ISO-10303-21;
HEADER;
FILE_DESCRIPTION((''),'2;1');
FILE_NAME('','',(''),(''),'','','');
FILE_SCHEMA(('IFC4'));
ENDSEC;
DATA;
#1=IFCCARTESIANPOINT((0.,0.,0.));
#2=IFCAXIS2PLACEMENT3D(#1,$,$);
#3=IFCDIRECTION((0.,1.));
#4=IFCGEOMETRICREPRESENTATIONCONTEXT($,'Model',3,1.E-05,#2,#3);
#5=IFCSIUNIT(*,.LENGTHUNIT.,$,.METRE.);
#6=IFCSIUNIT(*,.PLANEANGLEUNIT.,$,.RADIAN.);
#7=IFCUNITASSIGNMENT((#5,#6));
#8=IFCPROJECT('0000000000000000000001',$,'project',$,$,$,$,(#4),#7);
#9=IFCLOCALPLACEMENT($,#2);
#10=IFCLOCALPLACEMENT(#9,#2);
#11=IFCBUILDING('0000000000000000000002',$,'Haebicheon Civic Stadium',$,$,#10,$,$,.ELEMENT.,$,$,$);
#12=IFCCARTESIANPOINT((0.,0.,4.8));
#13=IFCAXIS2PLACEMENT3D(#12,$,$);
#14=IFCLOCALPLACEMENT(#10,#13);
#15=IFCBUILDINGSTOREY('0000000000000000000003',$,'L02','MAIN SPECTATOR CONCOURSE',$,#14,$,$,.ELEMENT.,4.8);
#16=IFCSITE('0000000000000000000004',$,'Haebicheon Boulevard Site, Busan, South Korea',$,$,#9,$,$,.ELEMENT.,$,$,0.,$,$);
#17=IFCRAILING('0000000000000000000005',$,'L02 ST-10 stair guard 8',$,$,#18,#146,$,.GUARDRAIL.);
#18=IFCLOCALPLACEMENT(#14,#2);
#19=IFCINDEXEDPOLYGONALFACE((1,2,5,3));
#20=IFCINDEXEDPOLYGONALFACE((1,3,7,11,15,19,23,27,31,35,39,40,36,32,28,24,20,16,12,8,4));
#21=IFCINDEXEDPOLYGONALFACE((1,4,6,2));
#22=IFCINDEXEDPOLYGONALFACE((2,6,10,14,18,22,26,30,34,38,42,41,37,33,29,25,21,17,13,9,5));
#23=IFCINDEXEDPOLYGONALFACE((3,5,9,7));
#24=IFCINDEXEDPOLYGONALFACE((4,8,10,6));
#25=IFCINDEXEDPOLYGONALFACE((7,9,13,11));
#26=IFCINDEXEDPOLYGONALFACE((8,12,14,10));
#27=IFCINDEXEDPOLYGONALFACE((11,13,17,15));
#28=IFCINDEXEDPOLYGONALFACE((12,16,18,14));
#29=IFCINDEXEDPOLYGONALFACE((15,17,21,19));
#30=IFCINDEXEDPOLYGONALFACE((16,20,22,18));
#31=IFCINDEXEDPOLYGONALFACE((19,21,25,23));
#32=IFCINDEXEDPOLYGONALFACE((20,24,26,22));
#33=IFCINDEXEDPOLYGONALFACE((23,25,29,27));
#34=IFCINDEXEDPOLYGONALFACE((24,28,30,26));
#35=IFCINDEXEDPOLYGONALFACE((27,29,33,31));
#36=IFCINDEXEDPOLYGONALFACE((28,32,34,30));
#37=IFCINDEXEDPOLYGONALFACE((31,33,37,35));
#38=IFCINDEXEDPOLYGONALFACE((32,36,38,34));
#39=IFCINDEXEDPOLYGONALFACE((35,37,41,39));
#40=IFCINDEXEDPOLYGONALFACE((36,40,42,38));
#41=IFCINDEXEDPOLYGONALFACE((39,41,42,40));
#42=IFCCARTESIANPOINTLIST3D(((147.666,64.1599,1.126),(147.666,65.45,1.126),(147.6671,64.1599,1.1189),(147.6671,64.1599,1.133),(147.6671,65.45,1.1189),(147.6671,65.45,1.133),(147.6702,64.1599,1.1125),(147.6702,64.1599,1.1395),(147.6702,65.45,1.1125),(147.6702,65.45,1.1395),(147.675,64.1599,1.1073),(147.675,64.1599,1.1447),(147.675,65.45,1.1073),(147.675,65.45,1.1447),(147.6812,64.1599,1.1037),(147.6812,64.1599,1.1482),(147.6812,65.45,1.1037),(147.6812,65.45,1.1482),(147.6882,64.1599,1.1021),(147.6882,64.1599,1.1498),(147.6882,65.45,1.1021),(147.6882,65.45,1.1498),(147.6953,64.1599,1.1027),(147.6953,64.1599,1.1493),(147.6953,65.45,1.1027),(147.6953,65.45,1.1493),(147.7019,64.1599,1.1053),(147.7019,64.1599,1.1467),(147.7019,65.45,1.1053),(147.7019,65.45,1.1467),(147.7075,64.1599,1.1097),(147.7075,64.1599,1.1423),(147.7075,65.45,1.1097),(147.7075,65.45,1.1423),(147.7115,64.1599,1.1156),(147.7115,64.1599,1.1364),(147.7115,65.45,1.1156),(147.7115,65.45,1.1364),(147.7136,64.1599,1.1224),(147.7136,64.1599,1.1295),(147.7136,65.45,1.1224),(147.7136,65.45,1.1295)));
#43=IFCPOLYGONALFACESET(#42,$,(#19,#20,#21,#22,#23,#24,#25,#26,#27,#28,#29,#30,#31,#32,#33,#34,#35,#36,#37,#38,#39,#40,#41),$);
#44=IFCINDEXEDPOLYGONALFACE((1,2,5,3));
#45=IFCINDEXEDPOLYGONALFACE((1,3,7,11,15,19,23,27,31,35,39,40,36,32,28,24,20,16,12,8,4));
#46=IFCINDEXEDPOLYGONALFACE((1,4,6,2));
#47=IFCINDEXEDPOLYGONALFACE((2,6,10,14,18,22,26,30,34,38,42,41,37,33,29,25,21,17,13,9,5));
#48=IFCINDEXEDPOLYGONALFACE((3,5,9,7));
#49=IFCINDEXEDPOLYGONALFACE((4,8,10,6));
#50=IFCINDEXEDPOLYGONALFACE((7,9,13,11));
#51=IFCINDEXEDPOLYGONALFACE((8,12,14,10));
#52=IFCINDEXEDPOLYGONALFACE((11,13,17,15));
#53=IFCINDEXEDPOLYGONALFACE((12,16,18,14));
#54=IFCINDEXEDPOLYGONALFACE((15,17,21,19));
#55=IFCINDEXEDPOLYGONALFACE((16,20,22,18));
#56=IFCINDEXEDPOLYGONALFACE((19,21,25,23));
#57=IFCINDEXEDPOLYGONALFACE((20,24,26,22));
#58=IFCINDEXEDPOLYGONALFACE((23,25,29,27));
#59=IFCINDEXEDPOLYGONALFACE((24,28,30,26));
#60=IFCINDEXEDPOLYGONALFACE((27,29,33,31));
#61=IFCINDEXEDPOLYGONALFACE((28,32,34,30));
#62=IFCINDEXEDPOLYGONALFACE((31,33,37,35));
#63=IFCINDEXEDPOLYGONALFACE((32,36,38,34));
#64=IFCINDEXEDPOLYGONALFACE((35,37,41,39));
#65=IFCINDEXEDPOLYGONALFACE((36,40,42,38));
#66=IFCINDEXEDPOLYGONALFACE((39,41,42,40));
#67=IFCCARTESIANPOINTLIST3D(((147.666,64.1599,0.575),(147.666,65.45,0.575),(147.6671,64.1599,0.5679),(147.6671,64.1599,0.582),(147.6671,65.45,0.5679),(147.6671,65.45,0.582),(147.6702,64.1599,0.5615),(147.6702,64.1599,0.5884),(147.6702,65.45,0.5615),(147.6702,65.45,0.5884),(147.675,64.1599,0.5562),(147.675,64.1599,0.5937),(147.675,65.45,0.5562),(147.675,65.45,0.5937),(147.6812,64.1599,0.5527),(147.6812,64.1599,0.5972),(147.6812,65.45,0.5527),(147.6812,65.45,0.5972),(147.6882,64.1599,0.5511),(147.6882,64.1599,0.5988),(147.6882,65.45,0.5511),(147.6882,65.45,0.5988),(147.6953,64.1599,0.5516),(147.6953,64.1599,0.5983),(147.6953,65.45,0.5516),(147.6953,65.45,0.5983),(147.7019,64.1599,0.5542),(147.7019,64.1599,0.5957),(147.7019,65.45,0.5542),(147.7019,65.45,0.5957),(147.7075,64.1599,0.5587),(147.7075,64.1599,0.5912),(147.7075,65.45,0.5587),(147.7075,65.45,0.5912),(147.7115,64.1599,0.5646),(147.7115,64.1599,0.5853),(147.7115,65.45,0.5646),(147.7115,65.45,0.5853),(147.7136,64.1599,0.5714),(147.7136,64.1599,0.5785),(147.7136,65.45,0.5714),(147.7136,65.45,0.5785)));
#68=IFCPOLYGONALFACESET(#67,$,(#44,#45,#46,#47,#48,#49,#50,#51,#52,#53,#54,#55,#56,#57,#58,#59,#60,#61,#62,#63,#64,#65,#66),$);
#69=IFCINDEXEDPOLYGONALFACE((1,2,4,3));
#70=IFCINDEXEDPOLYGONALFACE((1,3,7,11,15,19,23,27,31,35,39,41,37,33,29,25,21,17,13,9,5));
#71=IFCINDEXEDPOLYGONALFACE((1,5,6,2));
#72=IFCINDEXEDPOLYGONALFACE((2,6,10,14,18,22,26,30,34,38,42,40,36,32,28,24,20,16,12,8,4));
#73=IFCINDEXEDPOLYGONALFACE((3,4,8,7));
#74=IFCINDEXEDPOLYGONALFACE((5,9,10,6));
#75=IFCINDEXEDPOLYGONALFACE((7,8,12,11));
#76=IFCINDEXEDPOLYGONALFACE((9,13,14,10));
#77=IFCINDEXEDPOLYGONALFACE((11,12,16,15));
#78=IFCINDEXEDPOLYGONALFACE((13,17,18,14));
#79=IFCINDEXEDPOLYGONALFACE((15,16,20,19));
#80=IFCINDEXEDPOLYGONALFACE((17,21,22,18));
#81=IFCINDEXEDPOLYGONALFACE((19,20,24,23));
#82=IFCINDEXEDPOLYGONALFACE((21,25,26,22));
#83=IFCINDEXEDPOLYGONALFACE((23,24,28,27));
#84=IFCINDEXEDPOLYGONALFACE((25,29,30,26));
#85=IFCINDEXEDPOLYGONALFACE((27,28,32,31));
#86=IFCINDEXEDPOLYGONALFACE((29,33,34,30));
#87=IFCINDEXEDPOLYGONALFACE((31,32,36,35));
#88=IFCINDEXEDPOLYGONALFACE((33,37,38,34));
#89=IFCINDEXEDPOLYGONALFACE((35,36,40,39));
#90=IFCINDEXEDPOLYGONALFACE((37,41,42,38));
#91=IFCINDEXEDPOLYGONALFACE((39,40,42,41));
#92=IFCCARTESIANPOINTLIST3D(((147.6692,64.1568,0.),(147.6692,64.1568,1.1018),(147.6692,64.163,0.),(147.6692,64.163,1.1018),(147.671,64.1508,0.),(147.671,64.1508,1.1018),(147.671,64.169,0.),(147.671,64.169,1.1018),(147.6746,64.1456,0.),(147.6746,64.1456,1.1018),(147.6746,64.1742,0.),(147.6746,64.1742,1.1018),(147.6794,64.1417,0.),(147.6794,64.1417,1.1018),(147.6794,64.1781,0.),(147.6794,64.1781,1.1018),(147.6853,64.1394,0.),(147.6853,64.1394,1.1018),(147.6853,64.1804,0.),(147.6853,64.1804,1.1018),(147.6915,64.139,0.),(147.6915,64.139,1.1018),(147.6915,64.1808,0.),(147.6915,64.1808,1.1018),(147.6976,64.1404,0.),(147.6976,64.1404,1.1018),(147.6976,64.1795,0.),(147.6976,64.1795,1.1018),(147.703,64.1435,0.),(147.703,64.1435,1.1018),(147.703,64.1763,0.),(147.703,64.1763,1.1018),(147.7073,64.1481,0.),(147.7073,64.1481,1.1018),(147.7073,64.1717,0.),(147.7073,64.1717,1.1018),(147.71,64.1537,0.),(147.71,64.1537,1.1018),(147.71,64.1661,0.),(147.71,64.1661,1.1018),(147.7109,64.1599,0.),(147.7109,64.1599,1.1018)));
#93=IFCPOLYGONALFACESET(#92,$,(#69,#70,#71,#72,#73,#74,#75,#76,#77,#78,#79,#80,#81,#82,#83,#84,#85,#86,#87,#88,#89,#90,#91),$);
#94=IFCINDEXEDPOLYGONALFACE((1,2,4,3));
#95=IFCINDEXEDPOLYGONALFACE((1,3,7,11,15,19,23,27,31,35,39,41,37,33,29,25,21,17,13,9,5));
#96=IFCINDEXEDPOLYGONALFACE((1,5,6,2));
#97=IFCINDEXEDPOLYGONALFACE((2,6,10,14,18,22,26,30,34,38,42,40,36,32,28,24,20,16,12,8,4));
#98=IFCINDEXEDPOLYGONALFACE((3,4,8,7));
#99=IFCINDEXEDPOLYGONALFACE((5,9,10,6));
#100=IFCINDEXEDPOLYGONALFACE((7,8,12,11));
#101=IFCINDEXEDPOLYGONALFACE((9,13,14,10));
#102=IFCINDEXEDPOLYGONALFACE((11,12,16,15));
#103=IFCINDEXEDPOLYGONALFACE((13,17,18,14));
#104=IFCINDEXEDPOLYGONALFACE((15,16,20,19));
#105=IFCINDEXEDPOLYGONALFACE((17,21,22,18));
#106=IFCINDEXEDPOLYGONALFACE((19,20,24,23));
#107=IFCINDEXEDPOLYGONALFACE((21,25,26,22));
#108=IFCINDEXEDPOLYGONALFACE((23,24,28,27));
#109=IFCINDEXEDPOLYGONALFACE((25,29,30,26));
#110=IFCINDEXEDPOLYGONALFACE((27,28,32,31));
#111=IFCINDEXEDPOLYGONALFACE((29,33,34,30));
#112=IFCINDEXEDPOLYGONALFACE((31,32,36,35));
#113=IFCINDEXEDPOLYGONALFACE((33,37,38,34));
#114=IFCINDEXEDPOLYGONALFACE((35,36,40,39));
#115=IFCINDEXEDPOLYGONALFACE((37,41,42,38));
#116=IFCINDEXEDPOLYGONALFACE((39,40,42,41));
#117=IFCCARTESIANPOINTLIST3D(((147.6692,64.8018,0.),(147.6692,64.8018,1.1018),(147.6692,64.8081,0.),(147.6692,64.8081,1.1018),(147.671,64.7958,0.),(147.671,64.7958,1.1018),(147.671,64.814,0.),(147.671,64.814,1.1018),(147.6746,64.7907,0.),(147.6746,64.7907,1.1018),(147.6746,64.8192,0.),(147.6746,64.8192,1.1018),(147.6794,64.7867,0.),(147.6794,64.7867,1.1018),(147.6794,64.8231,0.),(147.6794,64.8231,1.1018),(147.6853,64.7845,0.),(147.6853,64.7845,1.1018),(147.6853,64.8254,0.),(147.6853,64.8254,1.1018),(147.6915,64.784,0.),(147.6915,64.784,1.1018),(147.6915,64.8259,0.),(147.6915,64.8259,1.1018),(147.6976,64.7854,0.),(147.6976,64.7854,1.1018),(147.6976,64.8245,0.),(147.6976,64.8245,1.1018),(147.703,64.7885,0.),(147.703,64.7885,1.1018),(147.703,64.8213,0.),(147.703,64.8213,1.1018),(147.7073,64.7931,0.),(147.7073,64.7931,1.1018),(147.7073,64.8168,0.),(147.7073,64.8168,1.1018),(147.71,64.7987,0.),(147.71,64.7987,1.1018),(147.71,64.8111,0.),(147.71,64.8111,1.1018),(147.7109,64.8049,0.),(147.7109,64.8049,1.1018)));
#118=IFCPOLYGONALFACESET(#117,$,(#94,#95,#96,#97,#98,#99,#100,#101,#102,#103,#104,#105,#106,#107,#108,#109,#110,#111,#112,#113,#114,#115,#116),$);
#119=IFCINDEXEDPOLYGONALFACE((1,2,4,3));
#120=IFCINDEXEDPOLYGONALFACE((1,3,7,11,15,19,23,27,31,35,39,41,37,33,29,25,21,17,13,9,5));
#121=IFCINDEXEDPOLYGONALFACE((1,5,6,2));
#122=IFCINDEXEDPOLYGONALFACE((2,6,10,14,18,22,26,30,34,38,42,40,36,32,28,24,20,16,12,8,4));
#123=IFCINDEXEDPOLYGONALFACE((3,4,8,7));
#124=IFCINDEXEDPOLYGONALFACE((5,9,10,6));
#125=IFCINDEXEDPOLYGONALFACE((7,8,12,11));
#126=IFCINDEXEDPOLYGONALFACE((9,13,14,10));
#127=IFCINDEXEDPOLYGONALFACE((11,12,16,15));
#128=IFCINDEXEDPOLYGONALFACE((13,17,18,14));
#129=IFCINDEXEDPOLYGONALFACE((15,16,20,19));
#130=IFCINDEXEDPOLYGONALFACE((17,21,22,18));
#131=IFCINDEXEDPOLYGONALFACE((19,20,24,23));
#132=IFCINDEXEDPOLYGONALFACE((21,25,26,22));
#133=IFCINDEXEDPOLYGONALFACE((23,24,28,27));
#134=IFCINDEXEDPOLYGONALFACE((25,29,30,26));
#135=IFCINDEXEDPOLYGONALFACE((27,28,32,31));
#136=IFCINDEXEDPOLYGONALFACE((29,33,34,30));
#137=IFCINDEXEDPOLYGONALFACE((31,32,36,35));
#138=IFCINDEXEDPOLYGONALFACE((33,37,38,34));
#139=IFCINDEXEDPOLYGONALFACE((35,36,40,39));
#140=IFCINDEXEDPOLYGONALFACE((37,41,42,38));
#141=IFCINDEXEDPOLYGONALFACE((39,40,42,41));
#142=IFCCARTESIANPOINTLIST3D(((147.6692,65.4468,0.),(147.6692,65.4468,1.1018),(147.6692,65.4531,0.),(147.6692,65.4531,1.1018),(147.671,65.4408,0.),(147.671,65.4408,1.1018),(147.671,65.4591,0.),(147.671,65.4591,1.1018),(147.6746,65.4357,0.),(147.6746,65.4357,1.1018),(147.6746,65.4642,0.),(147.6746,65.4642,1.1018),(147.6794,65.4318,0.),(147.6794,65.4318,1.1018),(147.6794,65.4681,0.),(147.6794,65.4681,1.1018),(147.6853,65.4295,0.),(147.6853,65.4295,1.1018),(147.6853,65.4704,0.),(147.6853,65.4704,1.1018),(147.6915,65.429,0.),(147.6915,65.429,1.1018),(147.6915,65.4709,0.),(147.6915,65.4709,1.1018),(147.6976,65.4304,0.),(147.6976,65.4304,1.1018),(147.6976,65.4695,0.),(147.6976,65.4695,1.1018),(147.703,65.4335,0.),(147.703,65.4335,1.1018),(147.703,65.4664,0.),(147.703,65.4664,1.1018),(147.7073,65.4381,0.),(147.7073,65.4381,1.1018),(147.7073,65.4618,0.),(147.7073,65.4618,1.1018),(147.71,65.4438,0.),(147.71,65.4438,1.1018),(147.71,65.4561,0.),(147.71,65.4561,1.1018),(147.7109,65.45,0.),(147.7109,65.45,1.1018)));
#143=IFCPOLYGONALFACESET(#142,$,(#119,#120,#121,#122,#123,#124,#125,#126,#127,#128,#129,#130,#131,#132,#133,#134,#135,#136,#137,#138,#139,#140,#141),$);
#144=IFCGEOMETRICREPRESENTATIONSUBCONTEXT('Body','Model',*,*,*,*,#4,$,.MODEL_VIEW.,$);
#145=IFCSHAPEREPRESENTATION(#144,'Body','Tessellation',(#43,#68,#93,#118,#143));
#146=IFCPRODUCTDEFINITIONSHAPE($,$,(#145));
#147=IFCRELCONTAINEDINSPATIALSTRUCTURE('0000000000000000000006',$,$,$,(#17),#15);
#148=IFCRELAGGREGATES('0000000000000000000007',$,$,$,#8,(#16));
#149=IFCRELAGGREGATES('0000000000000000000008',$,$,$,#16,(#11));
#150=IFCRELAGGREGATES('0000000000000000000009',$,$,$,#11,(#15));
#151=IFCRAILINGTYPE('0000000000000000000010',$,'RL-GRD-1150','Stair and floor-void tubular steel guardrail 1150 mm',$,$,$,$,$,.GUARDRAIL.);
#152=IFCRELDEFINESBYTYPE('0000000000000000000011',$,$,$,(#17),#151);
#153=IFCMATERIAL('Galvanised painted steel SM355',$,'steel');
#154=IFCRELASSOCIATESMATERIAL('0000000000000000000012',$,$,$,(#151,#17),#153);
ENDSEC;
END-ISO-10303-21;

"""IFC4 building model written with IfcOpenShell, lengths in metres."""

from ifc_helpers import new_model, si_unit, direction, frame, origin, origin_2d, place, context, subcontext, project, spatial, circle, extrude, material, type_object, element, save


model = new_model("IFC4")

# Units and contexts
model_context = context("Model", 3, precision=1e-05, world=origin(), true_north=direction((0.0, 1.0)))
body_context = subcontext(model_context, "Body", "Model", "MODEL_VIEW")
ifc_project = project(units=[si_unit("LENGTHUNIT", "METRE"), si_unit("PLANEANGLEUNIT", "RADIAN")], contexts=[model_context])

# Site, building, storey
site_placement = place(None, origin())
site = spatial("IfcSite", under=ifc_project, at=site_placement, Name="Haebicheon Boulevard Site, Busan, South Korea", CompositionType="ELEMENT", RefElevation=0.0)
building_placement = place(site_placement, origin())
building = spatial("IfcBuilding", under=site, at=building_placement, Name="Haebicheon Civic Stadium", CompositionType="ELEMENT")
storey_placement = place(building_placement, frame((0.0, 0.0, 4.8)))
storey = spatial("IfcBuildingStorey", under=building, at=storey_placement, Name="L02", Description="MAIN SPECTATOR CONCOURSE", CompositionType="ELEMENT", Elevation=4.8)

# Railing
ifc_material_1 = material(Name="Galvanised painted steel SM355", Category="steel")
railing_type_1 = type_object("IfcRailingType", Name="RL-GRD-1150", Description="Stair and floor-void tubular steel guardrail 1150 mm", PredefinedType="GUARDRAIL", material=ifc_material_1)
railing_1_placement = place(storey_placement, frame((147.6899, 64.1599, 0.0)))
element("IfcRailing", 1, at=railing_1_placement, inside=storey, type_object=railing_type_1, material=ifc_material_1, Name="L02 ST-10 stair guard 8", PredefinedType="GUARDRAIL", context=body_context, shape_type="SweptSolid", body=[
    extrude(circle(Radius=0.0239, at=origin_2d()), frame((0.0, 0.0, 1.126), z_axis=(0.0, 1.0, 0.0), x_axis=(-1.0, 0.0, 0.0)), (0.0, 0.0, 1.0), 1.29),
    extrude(circle(Radius=0.0239, at=origin_2d()), frame((0.0, 0.0, 0.575), z_axis=(0.0, 1.0, 0.0), x_axis=(-1.0, 0.0, 0.0)), (0.0, 0.0, 1.0), 1.29),
    extrude(circle(Radius=0.021, at=origin_2d()), origin(), (0.0, 0.0, 1.0), 1.1018),
    extrude(circle(Radius=0.021, at=origin_2d()), frame((0.0, 0.645, 0.0)), (0.0, 0.0, 1.0), 1.1018),
    extrude(circle(Radius=0.021, at=origin_2d()), frame((0.0, 1.29, 0.0)), (0.0, 0.0, 1.0), 1.1018),
])

save(model, "model.ifc")
